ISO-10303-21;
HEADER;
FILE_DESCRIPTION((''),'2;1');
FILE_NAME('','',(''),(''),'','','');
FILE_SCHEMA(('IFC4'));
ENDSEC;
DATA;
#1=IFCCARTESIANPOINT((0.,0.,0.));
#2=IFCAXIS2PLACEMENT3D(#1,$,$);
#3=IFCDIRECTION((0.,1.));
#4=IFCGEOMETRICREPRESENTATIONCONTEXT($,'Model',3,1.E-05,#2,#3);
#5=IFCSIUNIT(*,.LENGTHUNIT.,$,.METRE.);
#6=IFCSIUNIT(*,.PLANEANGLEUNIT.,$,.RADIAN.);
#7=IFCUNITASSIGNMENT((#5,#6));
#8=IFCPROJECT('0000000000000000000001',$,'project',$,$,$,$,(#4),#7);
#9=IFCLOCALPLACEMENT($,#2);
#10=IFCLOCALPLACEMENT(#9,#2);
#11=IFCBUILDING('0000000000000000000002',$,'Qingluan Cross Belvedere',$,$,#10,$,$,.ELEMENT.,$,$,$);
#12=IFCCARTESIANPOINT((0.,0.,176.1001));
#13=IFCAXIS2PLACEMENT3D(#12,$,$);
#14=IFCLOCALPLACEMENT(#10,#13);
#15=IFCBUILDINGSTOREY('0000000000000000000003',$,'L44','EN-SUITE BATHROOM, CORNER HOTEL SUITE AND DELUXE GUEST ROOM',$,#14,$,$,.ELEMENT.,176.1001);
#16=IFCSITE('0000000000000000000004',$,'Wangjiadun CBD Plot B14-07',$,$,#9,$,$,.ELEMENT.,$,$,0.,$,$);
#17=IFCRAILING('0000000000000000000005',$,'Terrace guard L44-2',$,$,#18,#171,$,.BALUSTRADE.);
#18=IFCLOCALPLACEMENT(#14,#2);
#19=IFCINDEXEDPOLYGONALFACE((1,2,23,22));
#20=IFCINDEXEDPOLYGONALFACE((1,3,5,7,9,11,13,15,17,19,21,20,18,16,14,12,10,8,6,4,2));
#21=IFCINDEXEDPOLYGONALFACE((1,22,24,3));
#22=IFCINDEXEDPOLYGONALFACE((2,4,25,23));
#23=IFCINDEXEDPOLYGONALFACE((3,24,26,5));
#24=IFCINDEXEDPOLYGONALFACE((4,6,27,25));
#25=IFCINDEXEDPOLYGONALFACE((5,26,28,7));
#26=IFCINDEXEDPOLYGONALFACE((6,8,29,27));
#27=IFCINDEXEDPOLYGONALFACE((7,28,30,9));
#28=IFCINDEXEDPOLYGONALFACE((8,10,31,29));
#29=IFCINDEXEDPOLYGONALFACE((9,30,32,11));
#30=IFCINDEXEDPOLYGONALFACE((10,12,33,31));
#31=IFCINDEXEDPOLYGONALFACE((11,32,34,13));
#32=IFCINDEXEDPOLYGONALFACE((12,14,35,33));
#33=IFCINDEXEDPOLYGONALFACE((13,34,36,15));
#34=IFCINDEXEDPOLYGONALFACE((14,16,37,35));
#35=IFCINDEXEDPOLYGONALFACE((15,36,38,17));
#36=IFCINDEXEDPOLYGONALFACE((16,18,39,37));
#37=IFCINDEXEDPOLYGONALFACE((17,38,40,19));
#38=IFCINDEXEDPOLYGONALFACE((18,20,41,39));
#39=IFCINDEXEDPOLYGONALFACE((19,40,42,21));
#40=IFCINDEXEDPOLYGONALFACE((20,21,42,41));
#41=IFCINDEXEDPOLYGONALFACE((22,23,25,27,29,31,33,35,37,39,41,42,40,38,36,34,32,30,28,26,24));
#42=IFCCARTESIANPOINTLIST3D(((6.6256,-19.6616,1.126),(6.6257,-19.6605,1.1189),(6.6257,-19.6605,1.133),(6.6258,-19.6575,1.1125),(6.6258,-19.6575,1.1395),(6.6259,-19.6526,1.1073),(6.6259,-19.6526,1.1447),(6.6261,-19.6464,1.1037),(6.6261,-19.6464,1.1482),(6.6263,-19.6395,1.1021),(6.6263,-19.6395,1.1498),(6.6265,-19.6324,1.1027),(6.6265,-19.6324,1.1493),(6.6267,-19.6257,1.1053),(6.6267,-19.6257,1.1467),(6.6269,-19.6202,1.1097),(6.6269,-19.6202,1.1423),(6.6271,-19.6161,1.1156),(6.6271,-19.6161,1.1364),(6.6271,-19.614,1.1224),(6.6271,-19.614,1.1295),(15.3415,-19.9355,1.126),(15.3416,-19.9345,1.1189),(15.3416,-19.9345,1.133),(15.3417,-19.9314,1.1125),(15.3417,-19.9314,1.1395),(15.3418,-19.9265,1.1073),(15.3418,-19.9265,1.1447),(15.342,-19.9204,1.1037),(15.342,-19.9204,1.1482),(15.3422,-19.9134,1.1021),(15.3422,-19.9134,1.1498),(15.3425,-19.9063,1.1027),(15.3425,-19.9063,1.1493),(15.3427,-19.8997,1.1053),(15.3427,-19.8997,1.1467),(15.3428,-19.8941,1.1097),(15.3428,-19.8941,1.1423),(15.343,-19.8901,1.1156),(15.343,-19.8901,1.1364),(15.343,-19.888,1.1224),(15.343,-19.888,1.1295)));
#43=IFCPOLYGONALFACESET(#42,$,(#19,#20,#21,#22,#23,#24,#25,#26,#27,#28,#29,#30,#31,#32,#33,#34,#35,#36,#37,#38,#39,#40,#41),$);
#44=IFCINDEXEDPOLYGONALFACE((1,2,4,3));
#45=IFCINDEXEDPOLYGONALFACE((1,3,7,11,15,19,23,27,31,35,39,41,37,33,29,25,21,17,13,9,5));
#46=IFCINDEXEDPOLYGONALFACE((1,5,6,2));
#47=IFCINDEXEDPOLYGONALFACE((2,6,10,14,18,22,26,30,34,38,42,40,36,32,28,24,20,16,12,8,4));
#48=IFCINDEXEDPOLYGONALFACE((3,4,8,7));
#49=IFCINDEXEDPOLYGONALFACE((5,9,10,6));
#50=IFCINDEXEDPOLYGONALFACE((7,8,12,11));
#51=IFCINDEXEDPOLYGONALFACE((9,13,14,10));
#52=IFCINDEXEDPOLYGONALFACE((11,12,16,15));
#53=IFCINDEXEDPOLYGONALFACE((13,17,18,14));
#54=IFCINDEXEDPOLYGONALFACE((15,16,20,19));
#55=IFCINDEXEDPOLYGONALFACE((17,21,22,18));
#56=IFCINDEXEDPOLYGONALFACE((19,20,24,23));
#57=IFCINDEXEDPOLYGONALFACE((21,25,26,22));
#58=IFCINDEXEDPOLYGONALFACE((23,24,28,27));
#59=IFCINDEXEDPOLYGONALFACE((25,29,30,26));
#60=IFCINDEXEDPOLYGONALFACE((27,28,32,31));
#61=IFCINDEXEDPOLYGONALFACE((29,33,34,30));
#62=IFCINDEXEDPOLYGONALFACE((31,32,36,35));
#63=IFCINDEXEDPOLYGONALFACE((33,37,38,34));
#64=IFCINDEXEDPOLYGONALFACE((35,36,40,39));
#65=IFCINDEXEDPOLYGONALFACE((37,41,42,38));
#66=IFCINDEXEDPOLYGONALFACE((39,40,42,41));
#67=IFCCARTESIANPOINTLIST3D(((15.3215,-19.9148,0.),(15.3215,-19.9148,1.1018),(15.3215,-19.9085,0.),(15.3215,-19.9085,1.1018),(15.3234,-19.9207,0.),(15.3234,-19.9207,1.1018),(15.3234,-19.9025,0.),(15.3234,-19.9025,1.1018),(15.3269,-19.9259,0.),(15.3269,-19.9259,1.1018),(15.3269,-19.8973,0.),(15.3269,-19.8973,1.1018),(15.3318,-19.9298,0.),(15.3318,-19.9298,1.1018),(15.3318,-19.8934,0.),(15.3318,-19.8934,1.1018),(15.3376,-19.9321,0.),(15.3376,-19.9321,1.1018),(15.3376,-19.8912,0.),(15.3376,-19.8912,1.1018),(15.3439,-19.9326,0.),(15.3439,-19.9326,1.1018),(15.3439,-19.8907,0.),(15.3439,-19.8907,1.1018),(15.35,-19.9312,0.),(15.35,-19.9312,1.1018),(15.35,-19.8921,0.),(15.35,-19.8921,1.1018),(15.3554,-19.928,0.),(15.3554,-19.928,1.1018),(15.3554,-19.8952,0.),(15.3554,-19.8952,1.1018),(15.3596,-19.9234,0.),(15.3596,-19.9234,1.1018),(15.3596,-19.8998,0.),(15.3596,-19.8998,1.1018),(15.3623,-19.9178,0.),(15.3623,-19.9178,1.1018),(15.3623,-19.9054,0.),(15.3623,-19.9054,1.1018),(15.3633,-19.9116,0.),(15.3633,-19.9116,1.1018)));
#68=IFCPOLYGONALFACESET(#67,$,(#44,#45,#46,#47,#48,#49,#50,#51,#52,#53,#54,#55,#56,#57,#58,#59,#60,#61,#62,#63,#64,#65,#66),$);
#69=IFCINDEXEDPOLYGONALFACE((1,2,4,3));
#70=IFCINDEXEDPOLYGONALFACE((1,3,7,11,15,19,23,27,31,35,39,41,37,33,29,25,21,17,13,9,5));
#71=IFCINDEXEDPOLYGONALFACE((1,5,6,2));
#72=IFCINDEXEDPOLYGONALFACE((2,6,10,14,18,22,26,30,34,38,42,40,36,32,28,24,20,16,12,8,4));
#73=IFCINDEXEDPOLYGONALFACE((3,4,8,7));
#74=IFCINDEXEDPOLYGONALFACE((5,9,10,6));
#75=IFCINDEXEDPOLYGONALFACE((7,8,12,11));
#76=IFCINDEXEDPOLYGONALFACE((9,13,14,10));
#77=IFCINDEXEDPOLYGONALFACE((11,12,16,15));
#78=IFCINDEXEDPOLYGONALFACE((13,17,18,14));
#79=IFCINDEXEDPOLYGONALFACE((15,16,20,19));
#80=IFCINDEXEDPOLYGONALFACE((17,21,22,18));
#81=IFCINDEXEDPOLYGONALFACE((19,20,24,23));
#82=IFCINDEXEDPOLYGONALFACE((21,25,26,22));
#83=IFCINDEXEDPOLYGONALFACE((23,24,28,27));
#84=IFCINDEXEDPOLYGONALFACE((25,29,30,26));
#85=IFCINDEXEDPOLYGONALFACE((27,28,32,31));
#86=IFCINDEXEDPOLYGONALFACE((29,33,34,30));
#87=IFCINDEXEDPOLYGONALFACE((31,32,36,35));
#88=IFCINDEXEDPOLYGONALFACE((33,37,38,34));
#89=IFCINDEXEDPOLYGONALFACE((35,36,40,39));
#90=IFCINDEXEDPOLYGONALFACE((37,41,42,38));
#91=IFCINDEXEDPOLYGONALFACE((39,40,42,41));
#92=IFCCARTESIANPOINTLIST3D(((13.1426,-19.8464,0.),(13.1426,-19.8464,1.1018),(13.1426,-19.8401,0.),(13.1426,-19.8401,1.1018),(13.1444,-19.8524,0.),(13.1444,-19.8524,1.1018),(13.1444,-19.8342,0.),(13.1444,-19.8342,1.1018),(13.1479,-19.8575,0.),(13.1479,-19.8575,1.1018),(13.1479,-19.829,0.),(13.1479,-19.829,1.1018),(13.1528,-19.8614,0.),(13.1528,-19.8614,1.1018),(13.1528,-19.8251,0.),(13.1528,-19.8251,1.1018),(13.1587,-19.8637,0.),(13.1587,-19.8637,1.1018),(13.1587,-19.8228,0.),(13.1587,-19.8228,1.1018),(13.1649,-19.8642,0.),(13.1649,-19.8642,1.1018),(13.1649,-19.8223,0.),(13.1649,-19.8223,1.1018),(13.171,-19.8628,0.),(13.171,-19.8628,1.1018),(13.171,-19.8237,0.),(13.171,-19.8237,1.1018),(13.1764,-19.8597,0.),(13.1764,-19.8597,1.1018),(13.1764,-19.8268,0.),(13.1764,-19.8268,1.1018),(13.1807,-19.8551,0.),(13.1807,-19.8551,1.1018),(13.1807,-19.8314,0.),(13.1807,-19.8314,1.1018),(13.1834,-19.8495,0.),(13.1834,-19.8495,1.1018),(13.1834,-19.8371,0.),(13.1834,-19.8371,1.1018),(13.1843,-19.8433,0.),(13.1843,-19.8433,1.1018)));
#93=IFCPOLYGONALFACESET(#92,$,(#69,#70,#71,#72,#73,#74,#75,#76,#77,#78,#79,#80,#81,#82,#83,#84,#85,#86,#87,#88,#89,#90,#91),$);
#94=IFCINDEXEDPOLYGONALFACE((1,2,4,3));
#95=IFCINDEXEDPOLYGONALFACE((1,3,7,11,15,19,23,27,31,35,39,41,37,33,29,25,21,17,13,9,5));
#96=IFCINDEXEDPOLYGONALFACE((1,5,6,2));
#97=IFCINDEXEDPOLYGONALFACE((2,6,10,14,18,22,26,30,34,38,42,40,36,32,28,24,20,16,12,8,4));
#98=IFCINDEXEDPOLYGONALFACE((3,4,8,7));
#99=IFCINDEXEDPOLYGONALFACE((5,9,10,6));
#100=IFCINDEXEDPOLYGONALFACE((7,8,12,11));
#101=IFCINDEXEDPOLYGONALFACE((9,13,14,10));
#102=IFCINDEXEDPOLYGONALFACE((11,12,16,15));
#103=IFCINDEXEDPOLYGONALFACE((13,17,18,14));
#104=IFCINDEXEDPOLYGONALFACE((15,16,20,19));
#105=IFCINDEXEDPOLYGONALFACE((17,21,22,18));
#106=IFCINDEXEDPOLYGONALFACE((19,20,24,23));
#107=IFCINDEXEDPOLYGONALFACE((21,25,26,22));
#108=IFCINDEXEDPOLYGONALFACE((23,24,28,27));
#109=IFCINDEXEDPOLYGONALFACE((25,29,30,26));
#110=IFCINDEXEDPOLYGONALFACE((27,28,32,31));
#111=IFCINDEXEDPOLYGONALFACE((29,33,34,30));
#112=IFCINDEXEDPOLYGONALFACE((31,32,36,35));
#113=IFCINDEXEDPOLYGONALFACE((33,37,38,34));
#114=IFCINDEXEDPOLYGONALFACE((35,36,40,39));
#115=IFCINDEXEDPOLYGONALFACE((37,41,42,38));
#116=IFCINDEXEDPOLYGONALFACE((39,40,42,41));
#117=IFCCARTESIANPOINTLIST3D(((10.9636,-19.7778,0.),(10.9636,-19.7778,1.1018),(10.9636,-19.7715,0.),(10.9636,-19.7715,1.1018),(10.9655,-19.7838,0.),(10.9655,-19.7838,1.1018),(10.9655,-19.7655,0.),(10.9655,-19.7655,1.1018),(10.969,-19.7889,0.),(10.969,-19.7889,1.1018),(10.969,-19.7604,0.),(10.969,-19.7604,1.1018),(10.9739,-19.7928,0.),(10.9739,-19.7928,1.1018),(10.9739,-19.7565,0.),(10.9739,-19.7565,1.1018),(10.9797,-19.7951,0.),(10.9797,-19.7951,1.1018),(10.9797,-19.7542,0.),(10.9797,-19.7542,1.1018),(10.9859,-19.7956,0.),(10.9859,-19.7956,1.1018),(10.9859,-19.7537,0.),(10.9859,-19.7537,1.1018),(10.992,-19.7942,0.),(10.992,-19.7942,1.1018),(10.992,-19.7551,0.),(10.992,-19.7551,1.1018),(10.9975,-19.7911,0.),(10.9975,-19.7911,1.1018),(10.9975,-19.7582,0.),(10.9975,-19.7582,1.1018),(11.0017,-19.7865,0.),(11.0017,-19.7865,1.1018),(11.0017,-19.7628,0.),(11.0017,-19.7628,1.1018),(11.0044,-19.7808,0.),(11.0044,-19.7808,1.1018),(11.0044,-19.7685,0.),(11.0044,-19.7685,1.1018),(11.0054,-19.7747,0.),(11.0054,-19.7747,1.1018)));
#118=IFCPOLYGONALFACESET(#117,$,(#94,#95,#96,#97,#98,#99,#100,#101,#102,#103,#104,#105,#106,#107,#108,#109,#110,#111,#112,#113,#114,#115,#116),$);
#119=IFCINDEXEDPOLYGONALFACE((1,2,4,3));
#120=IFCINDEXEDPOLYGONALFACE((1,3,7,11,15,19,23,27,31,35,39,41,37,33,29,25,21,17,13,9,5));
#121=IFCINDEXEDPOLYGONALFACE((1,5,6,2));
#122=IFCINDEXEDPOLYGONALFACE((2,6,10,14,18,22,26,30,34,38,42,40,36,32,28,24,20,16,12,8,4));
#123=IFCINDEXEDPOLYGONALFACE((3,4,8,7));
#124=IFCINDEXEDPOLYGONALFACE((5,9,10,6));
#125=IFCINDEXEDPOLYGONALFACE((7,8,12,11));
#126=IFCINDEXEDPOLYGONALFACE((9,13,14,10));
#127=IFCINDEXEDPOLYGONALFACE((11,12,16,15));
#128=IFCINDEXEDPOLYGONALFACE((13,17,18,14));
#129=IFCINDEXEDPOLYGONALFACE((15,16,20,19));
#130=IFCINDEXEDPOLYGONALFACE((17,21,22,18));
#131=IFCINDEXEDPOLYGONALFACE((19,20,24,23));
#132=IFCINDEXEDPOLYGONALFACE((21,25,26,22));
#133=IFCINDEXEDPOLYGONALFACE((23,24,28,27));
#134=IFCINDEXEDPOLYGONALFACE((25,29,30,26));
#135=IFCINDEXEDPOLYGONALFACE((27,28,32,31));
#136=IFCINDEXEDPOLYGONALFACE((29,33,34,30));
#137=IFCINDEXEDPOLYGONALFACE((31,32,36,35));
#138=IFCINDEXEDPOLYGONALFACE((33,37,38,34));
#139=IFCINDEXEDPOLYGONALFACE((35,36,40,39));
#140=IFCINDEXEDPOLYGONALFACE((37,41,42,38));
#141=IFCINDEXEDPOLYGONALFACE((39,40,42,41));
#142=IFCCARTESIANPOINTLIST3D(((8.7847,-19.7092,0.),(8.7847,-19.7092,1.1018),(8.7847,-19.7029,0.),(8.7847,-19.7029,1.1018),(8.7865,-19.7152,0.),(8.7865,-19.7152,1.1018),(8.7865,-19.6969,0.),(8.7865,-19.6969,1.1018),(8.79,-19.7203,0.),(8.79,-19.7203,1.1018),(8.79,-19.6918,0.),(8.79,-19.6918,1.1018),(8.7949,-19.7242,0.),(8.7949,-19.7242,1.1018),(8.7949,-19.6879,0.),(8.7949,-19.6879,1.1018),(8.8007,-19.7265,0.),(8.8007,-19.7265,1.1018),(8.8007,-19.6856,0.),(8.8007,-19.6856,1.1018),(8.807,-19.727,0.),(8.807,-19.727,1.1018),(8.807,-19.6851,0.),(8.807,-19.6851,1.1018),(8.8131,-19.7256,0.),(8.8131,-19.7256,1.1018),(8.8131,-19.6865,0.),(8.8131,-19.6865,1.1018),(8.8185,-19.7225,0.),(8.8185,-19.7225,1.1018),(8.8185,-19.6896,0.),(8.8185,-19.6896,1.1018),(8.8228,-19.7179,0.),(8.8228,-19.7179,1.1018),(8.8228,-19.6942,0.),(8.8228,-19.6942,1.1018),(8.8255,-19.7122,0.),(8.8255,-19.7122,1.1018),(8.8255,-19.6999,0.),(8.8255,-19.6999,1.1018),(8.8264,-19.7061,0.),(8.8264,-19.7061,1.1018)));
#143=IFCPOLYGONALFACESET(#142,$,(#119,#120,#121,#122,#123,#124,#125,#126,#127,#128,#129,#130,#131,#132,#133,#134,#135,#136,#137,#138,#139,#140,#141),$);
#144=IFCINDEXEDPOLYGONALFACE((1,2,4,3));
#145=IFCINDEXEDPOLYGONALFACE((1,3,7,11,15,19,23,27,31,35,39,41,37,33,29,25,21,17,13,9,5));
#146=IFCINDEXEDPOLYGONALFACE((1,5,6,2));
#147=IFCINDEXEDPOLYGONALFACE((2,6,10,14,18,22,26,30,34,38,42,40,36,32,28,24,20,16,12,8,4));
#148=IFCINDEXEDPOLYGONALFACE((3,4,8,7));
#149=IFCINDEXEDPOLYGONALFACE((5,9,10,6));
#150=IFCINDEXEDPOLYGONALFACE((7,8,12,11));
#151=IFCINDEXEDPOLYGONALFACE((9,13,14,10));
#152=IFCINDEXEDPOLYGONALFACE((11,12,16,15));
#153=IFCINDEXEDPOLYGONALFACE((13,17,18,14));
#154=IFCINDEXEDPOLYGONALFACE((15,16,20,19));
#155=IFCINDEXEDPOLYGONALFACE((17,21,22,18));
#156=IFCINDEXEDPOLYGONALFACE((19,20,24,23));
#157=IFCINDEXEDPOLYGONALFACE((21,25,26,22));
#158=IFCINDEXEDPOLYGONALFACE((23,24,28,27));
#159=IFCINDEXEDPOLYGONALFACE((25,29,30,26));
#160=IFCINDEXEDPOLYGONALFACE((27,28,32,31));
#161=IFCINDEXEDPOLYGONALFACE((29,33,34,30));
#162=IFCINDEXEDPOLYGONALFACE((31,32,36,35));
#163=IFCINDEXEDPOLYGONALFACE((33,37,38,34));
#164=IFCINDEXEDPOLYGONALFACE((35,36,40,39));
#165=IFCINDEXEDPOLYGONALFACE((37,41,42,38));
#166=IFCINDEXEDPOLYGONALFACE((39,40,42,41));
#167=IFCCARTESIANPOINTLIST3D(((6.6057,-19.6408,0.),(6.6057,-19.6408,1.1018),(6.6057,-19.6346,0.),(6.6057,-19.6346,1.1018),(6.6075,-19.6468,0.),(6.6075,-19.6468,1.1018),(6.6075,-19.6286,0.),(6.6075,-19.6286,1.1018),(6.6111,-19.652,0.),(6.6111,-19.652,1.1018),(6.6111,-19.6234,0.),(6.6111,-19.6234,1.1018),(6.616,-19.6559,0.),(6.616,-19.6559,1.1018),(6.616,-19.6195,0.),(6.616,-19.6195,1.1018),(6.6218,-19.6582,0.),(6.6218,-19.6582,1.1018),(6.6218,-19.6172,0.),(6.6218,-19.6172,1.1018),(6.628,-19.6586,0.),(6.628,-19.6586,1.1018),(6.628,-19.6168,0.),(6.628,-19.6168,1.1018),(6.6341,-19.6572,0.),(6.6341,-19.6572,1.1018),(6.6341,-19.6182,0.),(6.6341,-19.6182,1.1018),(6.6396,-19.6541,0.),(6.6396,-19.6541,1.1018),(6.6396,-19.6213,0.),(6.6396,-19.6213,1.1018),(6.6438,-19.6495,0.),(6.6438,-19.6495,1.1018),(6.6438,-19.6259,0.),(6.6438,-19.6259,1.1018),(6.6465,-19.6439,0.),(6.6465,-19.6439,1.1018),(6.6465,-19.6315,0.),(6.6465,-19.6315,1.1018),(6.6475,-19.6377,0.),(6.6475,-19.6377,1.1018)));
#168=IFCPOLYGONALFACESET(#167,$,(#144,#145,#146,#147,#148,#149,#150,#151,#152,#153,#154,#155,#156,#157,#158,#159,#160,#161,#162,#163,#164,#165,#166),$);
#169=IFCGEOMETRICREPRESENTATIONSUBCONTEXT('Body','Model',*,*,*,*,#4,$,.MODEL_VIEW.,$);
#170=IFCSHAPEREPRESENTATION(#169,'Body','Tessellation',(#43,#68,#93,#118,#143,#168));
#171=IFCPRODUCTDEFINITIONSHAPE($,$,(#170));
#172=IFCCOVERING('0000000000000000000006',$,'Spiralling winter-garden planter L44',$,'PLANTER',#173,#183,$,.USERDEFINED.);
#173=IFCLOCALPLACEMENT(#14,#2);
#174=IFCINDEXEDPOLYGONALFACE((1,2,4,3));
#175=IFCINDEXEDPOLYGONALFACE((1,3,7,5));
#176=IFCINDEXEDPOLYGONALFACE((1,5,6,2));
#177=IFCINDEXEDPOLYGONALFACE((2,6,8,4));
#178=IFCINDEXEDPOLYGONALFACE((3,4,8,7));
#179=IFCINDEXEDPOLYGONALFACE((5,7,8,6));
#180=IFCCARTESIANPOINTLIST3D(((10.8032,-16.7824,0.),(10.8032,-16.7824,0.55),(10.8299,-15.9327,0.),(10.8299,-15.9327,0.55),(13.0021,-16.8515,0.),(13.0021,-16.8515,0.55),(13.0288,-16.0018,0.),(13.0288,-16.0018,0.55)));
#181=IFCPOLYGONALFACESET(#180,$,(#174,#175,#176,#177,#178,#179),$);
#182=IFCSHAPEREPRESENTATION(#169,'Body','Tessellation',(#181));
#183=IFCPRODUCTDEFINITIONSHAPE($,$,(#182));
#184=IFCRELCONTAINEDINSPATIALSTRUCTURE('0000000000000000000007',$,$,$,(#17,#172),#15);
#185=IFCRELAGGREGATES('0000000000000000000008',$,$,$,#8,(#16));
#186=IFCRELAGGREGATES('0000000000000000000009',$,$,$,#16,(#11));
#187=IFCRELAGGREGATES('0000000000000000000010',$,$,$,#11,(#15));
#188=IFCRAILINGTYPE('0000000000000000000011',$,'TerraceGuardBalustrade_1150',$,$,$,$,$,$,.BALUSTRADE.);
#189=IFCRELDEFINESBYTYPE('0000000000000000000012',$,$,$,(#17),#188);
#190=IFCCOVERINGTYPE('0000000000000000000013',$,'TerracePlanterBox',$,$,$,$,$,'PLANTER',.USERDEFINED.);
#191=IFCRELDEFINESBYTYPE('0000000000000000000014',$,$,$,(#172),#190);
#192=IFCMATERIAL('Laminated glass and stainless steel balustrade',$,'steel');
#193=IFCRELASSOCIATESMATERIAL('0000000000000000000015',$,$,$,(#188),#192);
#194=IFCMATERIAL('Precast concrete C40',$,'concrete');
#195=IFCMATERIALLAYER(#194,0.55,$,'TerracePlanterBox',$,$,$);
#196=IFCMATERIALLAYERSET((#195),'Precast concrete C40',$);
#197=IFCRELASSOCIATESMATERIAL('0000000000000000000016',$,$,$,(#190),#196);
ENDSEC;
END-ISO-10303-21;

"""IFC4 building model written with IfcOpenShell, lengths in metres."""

from ifc_helpers import new_model, si_unit, direction, frame, origin, origin_2d, place, context, subcontext, project, spatial, rectangle, circle, extrude, material, layer, layer_set, type_object, element, save


model = new_model("IFC4")

# Units and contexts
model_context = context("Model", 3, precision=1e-05, world=origin(), true_north=direction((0.0, 1.0)))
body_context = subcontext(model_context, "Body", "Model", "MODEL_VIEW")
ifc_project = project(units=[si_unit("LENGTHUNIT", "METRE"), si_unit("PLANEANGLEUNIT", "RADIAN")], contexts=[model_context])

# Site, building, storey
site_placement = place(None, origin())
site = spatial("IfcSite", under=ifc_project, at=site_placement, Name="Wangjiadun CBD Plot B14-07", CompositionType="ELEMENT", RefElevation=0.0)
building_placement = place(site_placement, origin())
building = spatial("IfcBuilding", under=site, at=building_placement, Name="Qingluan Cross Belvedere", CompositionType="ELEMENT")
storey_placement = place(building_placement, frame((0.0, 0.0, 176.1001)))
storey = spatial("IfcBuildingStorey", under=building, at=storey_placement, Name="L44", Description="EN-SUITE BATHROOM, CORNER HOTEL SUITE AND DELUXE GUEST ROOM", CompositionType="ELEMENT", Elevation=176.1001)

# Railing
ifc_material_1 = material(Name="Laminated glass and stainless steel balustrade", Category="steel")
railing_type = type_object("IfcRailingType", Name="TerraceGuardBalustrade_1150", PredefinedType="BALUSTRADE", material=ifc_material_1)
railing_placement = place(storey_placement, frame((15.3423, -19.9116, 0.0)))
element("IfcRailing", 1, at=railing_placement, inside=storey, type_object=railing_type, Name="Terrace guard L44-2", PredefinedType="BALUSTRADE", context=body_context, shape_type="SweptSolid", body=[
    extrude(circle(Radius=0.0239, at=origin_2d()), frame((0.0, 0.0, 1.126), z_axis=(-0.999506, 0.031413, 0.0), x_axis=(-0.031413, -0.999506, 0.0)), (0.0, 0.0, 1.0), 8.7202),
    extrude(circle(Radius=0.021, at=origin_2d()), origin(), (0.0, 0.0, 1.0), 1.1018),
    extrude(circle(Radius=0.021, at=origin_2d()), frame((-2.179, 0.0684, 0.0)), (0.0, 0.0, 1.0), 1.1018),
    extrude(circle(Radius=0.021, at=origin_2d()), frame((-4.3579, 0.137, 0.0)), (0.0, 0.0, 1.0), 1.1018),
    extrude(circle(Radius=0.021, at=origin_2d()), frame((-6.5369, 0.2056, 0.0)), (0.0, 0.0, 1.0), 1.1018),
    extrude(circle(Radius=0.021, at=origin_2d()), frame((-8.7158, 0.2739, 0.0)), (0.0, 0.0, 1.0), 1.1018),
])

# Covering
ifc_material_2 = material(Name="Precast concrete C40", Category="concrete")
ifc_layer_1 = layer(ifc_material_2, 0.55, Name="TerracePlanterBox")
ifc_layer_set_1 = layer_set([ifc_layer_1], Name="Precast concrete C40")
covering_type = type_object("IfcCoveringType", Name="TerracePlanterBox", ElementType="PLANTER", PredefinedType="USERDEFINED", material=ifc_layer_set_1)
covering_placement = place(storey_placement, frame((11.916, -16.3921, 0.0), z_axis=(0.0, 0.0, 1.0), x_axis=(0.999507, -0.031411, 0.0)))
element("IfcCovering", 2, at=covering_placement, inside=storey, type_object=covering_type, Name="Spiralling winter-garden planter L44", ObjectType="PLANTER", PredefinedType="USERDEFINED", context=body_context, shape_type="SweptSolid", body=[
    extrude(rectangle(XDim=2.2, YDim=0.8501, at=origin_2d()), origin(), (0.0, 0.0, 1.0), 0.55),
])

save(model, "model.ifc")
